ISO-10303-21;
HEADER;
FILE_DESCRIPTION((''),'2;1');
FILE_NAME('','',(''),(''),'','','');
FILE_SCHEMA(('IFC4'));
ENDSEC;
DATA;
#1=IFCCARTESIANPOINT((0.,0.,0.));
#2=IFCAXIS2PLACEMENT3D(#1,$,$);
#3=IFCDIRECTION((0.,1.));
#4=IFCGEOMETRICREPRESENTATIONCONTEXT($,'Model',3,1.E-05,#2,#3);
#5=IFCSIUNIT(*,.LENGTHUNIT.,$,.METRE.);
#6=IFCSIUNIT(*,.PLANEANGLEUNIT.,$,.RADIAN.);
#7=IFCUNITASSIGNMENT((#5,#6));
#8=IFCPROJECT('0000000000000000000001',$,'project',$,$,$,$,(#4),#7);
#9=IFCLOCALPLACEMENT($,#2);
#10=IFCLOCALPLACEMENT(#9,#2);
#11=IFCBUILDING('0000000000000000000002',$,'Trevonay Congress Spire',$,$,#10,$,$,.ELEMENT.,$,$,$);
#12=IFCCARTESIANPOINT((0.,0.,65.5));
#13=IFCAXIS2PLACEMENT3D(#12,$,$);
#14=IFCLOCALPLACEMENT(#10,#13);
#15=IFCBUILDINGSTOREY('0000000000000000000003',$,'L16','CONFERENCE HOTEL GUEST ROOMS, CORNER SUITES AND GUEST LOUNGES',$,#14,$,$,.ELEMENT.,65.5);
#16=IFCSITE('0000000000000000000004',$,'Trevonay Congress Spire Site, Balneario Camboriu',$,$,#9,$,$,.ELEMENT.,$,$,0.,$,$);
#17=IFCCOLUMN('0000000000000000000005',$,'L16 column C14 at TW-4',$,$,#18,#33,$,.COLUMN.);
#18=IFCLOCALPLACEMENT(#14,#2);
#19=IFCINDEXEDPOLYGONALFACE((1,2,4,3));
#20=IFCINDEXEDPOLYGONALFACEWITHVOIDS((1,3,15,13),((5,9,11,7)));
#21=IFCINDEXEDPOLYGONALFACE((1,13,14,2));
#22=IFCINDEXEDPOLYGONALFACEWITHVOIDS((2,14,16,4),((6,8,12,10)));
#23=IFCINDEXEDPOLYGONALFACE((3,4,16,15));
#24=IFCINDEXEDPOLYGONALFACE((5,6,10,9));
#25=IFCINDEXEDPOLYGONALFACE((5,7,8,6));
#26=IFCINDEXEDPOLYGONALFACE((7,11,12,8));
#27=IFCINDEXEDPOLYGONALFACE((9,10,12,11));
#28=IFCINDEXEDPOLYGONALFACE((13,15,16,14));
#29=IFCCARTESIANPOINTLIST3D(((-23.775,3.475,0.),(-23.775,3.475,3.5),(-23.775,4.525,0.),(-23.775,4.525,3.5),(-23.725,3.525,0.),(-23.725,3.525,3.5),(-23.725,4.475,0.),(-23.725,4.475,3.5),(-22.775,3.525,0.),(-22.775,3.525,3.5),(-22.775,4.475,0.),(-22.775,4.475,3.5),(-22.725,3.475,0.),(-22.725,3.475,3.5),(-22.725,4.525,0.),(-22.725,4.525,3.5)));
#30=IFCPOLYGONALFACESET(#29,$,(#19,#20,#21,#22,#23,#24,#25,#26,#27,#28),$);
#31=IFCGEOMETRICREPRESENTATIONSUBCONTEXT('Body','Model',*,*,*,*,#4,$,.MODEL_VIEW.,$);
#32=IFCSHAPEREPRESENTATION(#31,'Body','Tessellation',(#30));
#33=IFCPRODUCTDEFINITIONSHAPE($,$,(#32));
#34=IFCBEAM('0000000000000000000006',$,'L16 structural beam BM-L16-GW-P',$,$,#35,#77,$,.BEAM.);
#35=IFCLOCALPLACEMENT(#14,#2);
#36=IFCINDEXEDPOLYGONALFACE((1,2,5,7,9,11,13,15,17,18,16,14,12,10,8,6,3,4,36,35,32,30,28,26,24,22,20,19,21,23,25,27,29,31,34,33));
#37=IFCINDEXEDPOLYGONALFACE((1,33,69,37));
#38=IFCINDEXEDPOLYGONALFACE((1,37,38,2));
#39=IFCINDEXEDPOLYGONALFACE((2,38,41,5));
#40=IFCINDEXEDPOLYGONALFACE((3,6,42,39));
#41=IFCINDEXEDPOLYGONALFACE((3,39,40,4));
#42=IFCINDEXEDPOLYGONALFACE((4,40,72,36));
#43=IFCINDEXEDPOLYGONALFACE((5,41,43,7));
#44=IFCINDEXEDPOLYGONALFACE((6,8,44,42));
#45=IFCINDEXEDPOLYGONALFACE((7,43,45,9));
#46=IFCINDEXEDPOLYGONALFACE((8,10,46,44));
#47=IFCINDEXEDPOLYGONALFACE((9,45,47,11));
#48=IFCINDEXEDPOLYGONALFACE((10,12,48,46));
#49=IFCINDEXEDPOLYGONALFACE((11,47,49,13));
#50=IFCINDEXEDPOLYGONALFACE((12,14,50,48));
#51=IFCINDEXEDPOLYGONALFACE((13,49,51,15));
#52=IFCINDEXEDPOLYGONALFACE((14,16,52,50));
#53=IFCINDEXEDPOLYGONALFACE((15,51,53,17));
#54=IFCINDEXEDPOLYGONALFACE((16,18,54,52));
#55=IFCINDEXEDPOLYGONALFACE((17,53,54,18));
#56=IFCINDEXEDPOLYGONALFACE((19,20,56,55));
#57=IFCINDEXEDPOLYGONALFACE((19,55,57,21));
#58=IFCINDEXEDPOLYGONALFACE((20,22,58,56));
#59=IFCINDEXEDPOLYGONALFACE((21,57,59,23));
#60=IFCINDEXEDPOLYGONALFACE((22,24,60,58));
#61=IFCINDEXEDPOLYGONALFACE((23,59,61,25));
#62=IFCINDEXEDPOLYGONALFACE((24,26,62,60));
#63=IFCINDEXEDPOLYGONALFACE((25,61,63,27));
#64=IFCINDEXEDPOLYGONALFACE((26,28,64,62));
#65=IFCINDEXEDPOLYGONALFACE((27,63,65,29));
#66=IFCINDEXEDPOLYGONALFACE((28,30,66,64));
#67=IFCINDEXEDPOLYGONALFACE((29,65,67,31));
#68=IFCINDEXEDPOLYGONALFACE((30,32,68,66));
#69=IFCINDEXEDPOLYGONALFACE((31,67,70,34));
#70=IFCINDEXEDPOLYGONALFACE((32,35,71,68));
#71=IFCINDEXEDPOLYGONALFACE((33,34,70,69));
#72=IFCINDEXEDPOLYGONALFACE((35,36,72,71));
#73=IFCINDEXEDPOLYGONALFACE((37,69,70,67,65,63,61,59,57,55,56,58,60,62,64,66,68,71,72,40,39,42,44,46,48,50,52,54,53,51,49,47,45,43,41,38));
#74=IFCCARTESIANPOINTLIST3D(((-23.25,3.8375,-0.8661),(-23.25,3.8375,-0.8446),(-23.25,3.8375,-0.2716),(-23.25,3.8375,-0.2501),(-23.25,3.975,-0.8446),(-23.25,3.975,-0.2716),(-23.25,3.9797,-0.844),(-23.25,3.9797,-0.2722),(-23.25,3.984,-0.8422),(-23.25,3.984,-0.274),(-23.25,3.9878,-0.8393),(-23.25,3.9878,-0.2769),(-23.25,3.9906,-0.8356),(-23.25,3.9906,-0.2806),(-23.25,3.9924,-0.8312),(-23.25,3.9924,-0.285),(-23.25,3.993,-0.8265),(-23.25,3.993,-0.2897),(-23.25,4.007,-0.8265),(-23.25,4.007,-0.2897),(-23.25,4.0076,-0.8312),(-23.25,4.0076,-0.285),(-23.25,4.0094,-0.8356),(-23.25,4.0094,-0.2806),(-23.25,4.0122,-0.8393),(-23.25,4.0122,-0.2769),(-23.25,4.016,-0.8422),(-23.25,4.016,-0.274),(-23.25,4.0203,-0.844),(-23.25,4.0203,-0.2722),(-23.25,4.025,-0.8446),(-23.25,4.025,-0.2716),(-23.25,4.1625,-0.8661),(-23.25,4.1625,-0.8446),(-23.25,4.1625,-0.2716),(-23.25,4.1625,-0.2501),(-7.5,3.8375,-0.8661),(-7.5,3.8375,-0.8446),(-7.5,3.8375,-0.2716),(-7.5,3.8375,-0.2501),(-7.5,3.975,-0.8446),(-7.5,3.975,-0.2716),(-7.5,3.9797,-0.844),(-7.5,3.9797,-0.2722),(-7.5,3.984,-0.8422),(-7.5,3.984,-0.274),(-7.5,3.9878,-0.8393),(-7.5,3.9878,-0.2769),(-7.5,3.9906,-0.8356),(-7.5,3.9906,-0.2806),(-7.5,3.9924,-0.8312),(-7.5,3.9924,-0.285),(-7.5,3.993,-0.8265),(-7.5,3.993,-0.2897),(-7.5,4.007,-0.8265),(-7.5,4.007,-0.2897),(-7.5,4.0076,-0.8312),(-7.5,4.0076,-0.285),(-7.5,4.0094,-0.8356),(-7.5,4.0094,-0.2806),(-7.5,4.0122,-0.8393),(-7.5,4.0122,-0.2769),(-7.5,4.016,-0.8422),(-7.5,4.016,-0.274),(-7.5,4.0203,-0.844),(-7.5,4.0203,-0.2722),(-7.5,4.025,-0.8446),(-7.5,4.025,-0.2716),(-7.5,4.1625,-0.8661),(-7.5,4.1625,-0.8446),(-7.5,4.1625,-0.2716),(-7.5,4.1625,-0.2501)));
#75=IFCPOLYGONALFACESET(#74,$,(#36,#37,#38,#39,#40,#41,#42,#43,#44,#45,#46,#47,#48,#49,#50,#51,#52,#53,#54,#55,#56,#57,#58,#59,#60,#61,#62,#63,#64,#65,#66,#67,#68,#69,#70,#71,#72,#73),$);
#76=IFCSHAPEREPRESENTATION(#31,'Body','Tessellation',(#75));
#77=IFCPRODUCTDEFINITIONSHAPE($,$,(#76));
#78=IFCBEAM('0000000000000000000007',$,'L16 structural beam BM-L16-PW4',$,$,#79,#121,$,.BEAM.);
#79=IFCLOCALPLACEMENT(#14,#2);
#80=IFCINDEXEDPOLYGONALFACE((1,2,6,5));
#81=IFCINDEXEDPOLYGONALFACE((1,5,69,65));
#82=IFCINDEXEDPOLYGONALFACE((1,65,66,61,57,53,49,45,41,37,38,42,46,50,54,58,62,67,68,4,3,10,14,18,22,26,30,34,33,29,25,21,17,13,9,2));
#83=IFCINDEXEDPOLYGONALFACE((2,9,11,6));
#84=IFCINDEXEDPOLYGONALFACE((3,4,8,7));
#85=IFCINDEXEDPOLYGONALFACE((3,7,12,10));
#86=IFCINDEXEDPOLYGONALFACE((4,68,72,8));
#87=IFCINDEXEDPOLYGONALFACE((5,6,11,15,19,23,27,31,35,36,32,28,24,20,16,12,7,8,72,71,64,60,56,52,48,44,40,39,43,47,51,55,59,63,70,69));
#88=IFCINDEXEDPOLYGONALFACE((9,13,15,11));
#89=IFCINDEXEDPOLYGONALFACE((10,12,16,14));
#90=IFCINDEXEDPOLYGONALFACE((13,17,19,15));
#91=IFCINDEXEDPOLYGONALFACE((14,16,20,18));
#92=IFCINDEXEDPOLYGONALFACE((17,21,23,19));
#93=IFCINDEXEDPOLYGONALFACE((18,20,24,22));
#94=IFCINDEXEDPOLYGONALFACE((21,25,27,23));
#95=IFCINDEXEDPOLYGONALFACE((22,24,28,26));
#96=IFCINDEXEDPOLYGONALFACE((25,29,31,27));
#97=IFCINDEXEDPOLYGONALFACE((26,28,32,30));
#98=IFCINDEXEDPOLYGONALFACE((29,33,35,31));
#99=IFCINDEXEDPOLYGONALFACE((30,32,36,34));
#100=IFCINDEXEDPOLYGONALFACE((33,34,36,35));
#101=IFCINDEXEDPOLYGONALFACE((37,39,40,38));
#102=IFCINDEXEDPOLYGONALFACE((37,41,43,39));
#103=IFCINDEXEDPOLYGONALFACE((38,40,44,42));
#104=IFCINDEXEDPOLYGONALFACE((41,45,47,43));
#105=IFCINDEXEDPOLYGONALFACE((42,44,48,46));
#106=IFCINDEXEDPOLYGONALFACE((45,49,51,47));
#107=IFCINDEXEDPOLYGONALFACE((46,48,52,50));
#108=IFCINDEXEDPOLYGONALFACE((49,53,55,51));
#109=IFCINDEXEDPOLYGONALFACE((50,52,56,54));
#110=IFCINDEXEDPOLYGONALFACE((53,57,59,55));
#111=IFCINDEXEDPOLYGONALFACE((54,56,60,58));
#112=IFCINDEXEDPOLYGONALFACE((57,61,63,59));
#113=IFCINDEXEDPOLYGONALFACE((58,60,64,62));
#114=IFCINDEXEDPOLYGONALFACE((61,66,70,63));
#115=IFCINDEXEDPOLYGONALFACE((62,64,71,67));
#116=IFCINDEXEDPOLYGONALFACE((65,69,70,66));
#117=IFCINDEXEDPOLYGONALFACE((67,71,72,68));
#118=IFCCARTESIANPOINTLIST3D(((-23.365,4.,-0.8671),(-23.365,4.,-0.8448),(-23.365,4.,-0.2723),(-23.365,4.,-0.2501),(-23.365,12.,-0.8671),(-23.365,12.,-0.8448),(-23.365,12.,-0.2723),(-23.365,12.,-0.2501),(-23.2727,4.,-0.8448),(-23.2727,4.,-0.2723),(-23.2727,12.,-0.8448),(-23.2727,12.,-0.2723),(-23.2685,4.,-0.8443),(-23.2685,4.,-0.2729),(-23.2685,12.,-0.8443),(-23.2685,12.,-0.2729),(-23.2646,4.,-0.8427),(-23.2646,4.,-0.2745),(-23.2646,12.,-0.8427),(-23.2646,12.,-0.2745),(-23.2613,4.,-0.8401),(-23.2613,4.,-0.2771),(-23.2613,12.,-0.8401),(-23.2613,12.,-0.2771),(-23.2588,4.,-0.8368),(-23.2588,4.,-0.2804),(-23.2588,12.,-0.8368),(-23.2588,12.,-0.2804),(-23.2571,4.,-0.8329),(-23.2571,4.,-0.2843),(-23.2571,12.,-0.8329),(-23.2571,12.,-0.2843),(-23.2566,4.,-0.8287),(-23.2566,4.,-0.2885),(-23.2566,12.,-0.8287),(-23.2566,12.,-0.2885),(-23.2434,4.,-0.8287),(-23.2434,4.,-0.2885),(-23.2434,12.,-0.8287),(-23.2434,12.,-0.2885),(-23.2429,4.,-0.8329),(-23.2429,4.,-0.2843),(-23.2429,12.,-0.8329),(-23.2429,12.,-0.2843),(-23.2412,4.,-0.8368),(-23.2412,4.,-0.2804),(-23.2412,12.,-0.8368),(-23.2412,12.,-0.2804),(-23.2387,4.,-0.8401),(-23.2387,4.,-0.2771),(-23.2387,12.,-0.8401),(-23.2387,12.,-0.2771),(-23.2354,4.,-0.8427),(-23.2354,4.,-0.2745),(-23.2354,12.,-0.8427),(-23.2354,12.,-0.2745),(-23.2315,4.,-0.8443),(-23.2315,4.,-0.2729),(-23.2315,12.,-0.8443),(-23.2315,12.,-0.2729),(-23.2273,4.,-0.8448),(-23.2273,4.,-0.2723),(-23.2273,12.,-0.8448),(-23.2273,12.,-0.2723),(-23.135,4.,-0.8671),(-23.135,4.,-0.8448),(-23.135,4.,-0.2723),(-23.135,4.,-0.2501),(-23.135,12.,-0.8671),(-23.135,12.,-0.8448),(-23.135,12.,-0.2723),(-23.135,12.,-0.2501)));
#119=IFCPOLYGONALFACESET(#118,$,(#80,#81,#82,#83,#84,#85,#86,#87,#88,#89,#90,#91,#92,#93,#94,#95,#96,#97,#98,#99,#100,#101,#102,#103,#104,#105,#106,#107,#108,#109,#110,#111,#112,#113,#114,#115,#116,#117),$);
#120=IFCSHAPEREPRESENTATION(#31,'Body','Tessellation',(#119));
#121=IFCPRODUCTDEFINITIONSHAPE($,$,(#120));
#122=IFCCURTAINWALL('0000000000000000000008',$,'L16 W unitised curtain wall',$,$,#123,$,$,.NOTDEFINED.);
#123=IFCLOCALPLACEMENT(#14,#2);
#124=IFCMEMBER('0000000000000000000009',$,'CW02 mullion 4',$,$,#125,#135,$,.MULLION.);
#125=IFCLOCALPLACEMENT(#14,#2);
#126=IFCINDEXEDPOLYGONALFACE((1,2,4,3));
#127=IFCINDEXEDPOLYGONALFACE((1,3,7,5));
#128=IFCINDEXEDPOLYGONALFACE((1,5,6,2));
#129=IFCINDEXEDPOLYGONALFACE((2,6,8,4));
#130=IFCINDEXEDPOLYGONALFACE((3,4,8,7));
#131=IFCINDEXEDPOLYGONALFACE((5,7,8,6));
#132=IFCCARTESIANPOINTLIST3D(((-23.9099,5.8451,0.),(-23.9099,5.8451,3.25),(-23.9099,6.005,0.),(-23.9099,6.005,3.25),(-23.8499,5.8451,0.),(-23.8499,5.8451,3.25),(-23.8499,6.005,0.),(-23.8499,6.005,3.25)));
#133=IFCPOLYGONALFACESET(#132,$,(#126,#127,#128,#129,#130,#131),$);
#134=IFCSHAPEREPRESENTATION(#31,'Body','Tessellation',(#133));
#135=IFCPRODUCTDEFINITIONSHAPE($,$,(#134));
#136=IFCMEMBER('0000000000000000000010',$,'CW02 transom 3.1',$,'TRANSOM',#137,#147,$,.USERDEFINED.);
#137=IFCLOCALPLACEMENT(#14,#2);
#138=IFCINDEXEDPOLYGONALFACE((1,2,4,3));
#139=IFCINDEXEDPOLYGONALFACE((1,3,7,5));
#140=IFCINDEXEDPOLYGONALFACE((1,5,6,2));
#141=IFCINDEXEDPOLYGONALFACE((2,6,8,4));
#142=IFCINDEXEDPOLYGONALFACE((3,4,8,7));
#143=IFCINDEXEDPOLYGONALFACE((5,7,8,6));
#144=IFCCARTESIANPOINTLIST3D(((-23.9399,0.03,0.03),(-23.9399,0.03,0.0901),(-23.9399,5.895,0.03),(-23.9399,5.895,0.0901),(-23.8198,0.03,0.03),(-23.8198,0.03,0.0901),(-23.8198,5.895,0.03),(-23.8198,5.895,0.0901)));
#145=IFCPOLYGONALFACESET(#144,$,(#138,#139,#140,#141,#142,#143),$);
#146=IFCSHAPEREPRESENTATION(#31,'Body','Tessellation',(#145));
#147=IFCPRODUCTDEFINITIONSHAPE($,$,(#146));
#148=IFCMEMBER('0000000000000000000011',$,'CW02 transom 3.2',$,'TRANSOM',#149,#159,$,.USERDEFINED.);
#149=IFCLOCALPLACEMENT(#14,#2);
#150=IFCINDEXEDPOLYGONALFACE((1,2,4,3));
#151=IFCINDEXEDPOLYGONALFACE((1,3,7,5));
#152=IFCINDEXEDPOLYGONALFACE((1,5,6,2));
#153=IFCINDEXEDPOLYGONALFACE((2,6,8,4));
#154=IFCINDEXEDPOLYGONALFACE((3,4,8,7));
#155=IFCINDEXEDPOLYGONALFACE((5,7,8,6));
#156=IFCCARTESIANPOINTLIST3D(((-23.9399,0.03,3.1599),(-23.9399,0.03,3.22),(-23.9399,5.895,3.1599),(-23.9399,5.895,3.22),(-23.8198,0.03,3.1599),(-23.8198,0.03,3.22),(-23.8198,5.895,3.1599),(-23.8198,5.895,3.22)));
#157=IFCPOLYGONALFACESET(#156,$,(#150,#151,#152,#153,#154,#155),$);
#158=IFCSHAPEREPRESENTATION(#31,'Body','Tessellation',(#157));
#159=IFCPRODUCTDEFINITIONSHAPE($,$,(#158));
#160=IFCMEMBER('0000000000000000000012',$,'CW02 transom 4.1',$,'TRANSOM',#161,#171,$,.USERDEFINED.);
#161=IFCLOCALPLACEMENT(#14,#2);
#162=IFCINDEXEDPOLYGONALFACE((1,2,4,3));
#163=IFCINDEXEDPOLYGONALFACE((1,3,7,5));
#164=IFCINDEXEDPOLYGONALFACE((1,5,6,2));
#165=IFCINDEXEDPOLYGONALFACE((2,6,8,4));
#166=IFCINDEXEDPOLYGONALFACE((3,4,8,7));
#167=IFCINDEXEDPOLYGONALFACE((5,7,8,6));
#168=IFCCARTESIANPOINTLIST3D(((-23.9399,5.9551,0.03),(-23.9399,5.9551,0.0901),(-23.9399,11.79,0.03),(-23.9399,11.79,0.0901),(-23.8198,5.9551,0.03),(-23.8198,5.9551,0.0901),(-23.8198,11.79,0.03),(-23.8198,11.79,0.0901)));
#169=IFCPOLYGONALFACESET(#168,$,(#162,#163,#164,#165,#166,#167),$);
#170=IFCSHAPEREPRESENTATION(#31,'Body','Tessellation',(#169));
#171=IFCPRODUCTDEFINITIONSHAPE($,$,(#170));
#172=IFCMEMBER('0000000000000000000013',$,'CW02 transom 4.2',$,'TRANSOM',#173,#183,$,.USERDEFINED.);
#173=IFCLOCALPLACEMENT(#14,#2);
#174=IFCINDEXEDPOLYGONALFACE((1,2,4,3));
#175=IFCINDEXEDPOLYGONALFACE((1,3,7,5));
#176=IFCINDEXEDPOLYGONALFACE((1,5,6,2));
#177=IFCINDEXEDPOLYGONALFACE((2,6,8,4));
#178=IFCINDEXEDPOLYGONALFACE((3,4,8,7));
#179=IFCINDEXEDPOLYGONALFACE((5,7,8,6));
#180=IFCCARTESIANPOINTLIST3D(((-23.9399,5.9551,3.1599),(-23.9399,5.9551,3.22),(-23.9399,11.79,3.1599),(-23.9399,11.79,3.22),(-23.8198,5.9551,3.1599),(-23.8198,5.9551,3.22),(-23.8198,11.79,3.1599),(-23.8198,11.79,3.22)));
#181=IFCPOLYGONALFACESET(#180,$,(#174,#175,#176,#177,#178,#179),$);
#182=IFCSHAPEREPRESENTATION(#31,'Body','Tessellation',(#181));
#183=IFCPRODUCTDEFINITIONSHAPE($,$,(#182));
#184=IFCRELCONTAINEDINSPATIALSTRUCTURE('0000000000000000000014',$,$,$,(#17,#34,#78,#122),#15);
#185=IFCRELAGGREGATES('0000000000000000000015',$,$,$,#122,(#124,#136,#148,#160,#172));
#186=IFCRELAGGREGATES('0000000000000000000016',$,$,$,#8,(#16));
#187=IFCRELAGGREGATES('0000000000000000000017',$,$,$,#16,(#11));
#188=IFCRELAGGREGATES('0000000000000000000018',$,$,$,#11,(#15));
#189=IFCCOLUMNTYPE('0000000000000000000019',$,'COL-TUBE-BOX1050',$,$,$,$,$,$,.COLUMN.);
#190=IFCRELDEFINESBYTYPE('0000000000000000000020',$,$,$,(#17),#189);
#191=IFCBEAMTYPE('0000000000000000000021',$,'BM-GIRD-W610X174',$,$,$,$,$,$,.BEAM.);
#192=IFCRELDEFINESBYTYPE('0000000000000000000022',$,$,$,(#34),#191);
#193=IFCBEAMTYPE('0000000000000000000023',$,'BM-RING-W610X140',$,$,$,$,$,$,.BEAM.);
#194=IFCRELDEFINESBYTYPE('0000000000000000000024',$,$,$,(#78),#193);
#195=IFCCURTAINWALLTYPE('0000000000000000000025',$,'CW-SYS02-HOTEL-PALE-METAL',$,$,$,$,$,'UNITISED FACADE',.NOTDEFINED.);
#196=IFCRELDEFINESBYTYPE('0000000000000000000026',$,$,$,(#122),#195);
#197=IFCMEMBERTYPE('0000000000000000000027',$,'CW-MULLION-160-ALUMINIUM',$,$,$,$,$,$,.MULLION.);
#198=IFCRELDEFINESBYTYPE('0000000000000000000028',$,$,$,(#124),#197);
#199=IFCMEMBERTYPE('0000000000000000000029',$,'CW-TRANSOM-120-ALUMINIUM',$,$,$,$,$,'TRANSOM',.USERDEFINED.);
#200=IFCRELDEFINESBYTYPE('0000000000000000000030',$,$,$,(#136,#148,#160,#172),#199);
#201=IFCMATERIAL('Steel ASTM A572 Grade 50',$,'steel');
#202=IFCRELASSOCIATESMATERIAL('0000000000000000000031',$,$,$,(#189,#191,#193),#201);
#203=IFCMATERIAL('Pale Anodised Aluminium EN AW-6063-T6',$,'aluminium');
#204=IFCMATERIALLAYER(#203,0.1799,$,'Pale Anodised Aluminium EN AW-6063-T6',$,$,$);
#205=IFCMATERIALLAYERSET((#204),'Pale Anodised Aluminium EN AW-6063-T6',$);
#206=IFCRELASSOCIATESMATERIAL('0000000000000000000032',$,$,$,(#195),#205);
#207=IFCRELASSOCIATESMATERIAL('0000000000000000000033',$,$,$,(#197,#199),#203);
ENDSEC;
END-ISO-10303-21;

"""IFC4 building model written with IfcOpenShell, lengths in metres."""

from ifc_helpers import new_model, si_unit, direction, frame, origin, origin_2d, place, context, subcontext, project, spatial, rectangle, hollow_rectangle, i_section, extrude, material, layer, layer_set, material_profile, profile_set, type_object, element, aggregate, save


model = new_model("IFC4")

# Units and contexts
model_context = context("Model", 3, precision=1e-05, world=origin(), true_north=direction((0.0, 1.0)))
body_context = subcontext(model_context, "Body", "Model", "MODEL_VIEW")
ifc_project = project(units=[si_unit("LENGTHUNIT", "METRE"), si_unit("PLANEANGLEUNIT", "RADIAN")], contexts=[model_context])

# Site, building, storey
site_placement = place(None, origin())
site = spatial("IfcSite", under=ifc_project, at=site_placement, Name="Trevonay Congress Spire Site, Balneario Camboriu", CompositionType="ELEMENT", RefElevation=0.0)
building_placement = place(site_placement, origin())
building = spatial("IfcBuilding", under=site, at=building_placement, Name="Trevonay Congress Spire", CompositionType="ELEMENT")
storey_placement = place(building_placement, frame((0.0, 0.0, 65.5)))
storey = spatial("IfcBuildingStorey", under=building, at=storey_placement, Name="L16", Description="CONFERENCE HOTEL GUEST ROOMS, CORNER SUITES AND GUEST LOUNGES", CompositionType="ELEMENT", Elevation=65.5)

# Column
ifc_material_1 = material(Name="Steel ASTM A572 Grade 50", Category="steel")
ifc_material_profile_1 = material_profile(ifc_material_1, hollow_rectangle(XDim=1.05, YDim=1.05, WallThickness=0.05, at=origin_2d()), Name="BOX 1050x1050x50")
ifc_profile_set_1 = profile_set([ifc_material_profile_1], Name="Steel ASTM A572 Grade 50")
column_type = type_object("IfcColumnType", Name="COL-TUBE-BOX1050", PredefinedType="COLUMN", material=ifc_profile_set_1)
column_placement = place(storey_placement, frame((-23.25, 4.0, 0.0), z_axis=(0.0, 0.0, 1.0), x_axis=(1.0, 0.0, 0.0)))
element("IfcColumn", 1, at=column_placement, inside=storey, type_object=column_type, Name="L16 column C14 at TW-4", PredefinedType="COLUMN", context=body_context, shape_type="SweptSolid", body=[
    extrude(hollow_rectangle(XDim=1.05, YDim=1.05, WallThickness=0.05, at=origin_2d()), origin(), (0.0, 0.0, 1.0), 3.5),
])

# Beams
ifc_material_profile_2 = material_profile(ifc_material_1, i_section(OverallWidth=0.325, OverallDepth=0.616, WebThickness=0.0139, FlangeThickness=0.0215, FilletRadius=0.0181, at=origin_2d()), Name="W610x174")
ifc_profile_set_2 = profile_set([ifc_material_profile_2], Name="Steel ASTM A572 Grade 50")
beam_type_1 = type_object("IfcBeamType", Name="BM-GIRD-W610X174", PredefinedType="BEAM", material=ifc_profile_set_2)
beam_1_placement = place(storey_placement, frame((-7.5, 4.0, -0.5581), z_axis=(-1.0, 0.0, 0.0), x_axis=(0.0, -1.0, 0.0)))
element("IfcBeam", 2, at=beam_1_placement, inside=storey, type_object=beam_type_1, Name="L16 structural beam BM-L16-GW-P", PredefinedType="BEAM", context=body_context, shape_type="SweptSolid", body=[
    extrude(i_section(OverallWidth=0.325, OverallDepth=0.616, WebThickness=0.0139, FlangeThickness=0.0215, FilletRadius=0.0181, at=origin_2d()), origin(), (0.0, 0.0, 1.0), 15.75),
])
ifc_material_profile_3 = material_profile(ifc_material_1, i_section(OverallWidth=0.23, OverallDepth=0.6169, WebThickness=0.0132, FlangeThickness=0.0222, FilletRadius=0.0161, at=origin_2d()), Name="W610x140")
ifc_profile_set_3 = profile_set([ifc_material_profile_3], Name="Steel ASTM A572 Grade 50")
beam_type_2 = type_object("IfcBeamType", Name="BM-RING-W610X140", PredefinedType="BEAM", material=ifc_profile_set_3)
beam_2_placement = place(storey_placement, frame((-23.25, 4.0, -0.5586), z_axis=(0.0, 1.0, 0.0), x_axis=(-1.0, 0.0, 0.0)))
element("IfcBeam", 3, at=beam_2_placement, inside=storey, type_object=beam_type_2, Name="L16 structural beam BM-L16-PW4", PredefinedType="BEAM", context=body_context, shape_type="SweptSolid", body=[
    extrude(i_section(OverallWidth=0.23, OverallDepth=0.6169, WebThickness=0.0132, FlangeThickness=0.0222, FilletRadius=0.0161, at=origin_2d()), origin(), (0.0, 0.0, 1.0), 8.0),
])

# Curtain wall, members
ifc_material_2 = material(Name="Pale Anodised Aluminium EN AW-6063-T6", Category="aluminium")
ifc_layer_1 = layer(ifc_material_2, 0.1799, Name="Pale Anodised Aluminium EN AW-6063-T6")
ifc_layer_set_1 = layer_set([ifc_layer_1], Name="Pale Anodised Aluminium EN AW-6063-T6")
curtain_wall_type = type_object("IfcCurtainWallType", Name="CW-SYS02-HOTEL-PALE-METAL", ElementType="UNITISED FACADE", PredefinedType="NOTDEFINED", material=ifc_layer_set_1)
curtain_wall_placement = place(storey_placement, origin())
curtain_wall = element("IfcCurtainWall", 4, at=curtain_wall_placement, inside=storey, type_object=curtain_wall_type, Name="L16 W unitised curtain wall", PredefinedType="NOTDEFINED")
ifc_material_profile_4 = material_profile(ifc_material_2, rectangle(XDim=0.0601, YDim=0.1599, at=origin_2d()), Name="CW-MULLION-160-ALUMINIUM")
ifc_profile_set_4 = profile_set([ifc_material_profile_4], Name="Pale Anodised Aluminium EN AW-6063-T6")
member_type_1 = type_object("IfcMemberType", Name="CW-MULLION-160-ALUMINIUM", PredefinedType="MULLION", material=ifc_profile_set_4)
member_1_placement = place(storey_placement, frame((-23.8799, 5.925, 0.0), z_axis=(0.0, 0.0, 1.0), x_axis=(-1.0, 0.0, 0.0)))
member_1 = element("IfcMember", 5, at=member_1_placement, type_object=member_type_1, Name="CW02 mullion 4", PredefinedType="MULLION", context=body_context, shape_type="SweptSolid", body=[
    extrude(rectangle(XDim=0.0601, YDim=0.1599, at=origin_2d()), origin(), (0.0, 0.0, 1.0), 3.25),
])
ifc_material_profile_5 = material_profile(ifc_material_2, rectangle(XDim=0.1201, YDim=0.0601, at=origin_2d()), Name="CW-TRANSOM-120-ALUMINIUM")
ifc_profile_set_5 = profile_set([ifc_material_profile_5], Name="Pale Anodised Aluminium EN AW-6063-T6")
member_type_2 = type_object("IfcMemberType", Name="CW-TRANSOM-120-ALUMINIUM", ElementType="TRANSOM", PredefinedType="USERDEFINED", material=ifc_profile_set_5)
member_2_placement = place(storey_placement, frame((-23.8799, 0.03, 0.0601), z_axis=(0.0, 1.0, 0.0), x_axis=(-1.0, 0.0, 0.0)))
member_2 = element("IfcMember", 6, at=member_2_placement, type_object=member_type_2, Name="CW02 transom 3.1", ObjectType="TRANSOM", PredefinedType="USERDEFINED", context=body_context, shape_type="SweptSolid", body=[
    extrude(rectangle(XDim=0.1201, YDim=0.0601, at=origin_2d()), origin(), (0.0, 0.0, 1.0), 5.865),
])
member_3_placement = place(storey_placement, frame((-23.8799, 0.03, 3.1899), z_axis=(0.0, 1.0, 0.0), x_axis=(-1.0, 0.0, 0.0)))
member_3 = element("IfcMember", 7, at=member_3_placement, type_object=member_type_2, Name="CW02 transom 3.2", ObjectType="TRANSOM", PredefinedType="USERDEFINED", context=body_context, shape_type="SweptSolid", body=[
    extrude(rectangle(XDim=0.1201, YDim=0.0601, at=origin_2d()), origin(), (0.0, 0.0, 1.0), 5.865),
])
member_4_placement = place(storey_placement, frame((-23.8799, 5.9551, 0.0601), z_axis=(0.0, 1.0, 0.0), x_axis=(-1.0, 0.0, 0.0)))
member_4 = element("IfcMember", 8, at=member_4_placement, type_object=member_type_2, Name="CW02 transom 4.1", ObjectType="TRANSOM", PredefinedType="USERDEFINED", context=body_context, shape_type="SweptSolid", body=[
    extrude(rectangle(XDim=0.1201, YDim=0.0601, at=origin_2d()), origin(), (0.0, 0.0, 1.0), 5.835),
])
member_5_placement = place(storey_placement, frame((-23.8799, 5.9551, 3.1899), z_axis=(0.0, 1.0, 0.0), x_axis=(-1.0, 0.0, 0.0)))
member_5 = element("IfcMember", 9, at=member_5_placement, type_object=member_type_2, Name="CW02 transom 4.2", ObjectType="TRANSOM", PredefinedType="USERDEFINED", context=body_context, shape_type="SweptSolid", body=[
    extrude(rectangle(XDim=0.1201, YDim=0.0601, at=origin_2d()), origin(), (0.0, 0.0, 1.0), 5.835),
])

aggregate(curtain_wall, [member_1, member_2, member_3, member_4, member_5])

save(model, "model.ifc")
